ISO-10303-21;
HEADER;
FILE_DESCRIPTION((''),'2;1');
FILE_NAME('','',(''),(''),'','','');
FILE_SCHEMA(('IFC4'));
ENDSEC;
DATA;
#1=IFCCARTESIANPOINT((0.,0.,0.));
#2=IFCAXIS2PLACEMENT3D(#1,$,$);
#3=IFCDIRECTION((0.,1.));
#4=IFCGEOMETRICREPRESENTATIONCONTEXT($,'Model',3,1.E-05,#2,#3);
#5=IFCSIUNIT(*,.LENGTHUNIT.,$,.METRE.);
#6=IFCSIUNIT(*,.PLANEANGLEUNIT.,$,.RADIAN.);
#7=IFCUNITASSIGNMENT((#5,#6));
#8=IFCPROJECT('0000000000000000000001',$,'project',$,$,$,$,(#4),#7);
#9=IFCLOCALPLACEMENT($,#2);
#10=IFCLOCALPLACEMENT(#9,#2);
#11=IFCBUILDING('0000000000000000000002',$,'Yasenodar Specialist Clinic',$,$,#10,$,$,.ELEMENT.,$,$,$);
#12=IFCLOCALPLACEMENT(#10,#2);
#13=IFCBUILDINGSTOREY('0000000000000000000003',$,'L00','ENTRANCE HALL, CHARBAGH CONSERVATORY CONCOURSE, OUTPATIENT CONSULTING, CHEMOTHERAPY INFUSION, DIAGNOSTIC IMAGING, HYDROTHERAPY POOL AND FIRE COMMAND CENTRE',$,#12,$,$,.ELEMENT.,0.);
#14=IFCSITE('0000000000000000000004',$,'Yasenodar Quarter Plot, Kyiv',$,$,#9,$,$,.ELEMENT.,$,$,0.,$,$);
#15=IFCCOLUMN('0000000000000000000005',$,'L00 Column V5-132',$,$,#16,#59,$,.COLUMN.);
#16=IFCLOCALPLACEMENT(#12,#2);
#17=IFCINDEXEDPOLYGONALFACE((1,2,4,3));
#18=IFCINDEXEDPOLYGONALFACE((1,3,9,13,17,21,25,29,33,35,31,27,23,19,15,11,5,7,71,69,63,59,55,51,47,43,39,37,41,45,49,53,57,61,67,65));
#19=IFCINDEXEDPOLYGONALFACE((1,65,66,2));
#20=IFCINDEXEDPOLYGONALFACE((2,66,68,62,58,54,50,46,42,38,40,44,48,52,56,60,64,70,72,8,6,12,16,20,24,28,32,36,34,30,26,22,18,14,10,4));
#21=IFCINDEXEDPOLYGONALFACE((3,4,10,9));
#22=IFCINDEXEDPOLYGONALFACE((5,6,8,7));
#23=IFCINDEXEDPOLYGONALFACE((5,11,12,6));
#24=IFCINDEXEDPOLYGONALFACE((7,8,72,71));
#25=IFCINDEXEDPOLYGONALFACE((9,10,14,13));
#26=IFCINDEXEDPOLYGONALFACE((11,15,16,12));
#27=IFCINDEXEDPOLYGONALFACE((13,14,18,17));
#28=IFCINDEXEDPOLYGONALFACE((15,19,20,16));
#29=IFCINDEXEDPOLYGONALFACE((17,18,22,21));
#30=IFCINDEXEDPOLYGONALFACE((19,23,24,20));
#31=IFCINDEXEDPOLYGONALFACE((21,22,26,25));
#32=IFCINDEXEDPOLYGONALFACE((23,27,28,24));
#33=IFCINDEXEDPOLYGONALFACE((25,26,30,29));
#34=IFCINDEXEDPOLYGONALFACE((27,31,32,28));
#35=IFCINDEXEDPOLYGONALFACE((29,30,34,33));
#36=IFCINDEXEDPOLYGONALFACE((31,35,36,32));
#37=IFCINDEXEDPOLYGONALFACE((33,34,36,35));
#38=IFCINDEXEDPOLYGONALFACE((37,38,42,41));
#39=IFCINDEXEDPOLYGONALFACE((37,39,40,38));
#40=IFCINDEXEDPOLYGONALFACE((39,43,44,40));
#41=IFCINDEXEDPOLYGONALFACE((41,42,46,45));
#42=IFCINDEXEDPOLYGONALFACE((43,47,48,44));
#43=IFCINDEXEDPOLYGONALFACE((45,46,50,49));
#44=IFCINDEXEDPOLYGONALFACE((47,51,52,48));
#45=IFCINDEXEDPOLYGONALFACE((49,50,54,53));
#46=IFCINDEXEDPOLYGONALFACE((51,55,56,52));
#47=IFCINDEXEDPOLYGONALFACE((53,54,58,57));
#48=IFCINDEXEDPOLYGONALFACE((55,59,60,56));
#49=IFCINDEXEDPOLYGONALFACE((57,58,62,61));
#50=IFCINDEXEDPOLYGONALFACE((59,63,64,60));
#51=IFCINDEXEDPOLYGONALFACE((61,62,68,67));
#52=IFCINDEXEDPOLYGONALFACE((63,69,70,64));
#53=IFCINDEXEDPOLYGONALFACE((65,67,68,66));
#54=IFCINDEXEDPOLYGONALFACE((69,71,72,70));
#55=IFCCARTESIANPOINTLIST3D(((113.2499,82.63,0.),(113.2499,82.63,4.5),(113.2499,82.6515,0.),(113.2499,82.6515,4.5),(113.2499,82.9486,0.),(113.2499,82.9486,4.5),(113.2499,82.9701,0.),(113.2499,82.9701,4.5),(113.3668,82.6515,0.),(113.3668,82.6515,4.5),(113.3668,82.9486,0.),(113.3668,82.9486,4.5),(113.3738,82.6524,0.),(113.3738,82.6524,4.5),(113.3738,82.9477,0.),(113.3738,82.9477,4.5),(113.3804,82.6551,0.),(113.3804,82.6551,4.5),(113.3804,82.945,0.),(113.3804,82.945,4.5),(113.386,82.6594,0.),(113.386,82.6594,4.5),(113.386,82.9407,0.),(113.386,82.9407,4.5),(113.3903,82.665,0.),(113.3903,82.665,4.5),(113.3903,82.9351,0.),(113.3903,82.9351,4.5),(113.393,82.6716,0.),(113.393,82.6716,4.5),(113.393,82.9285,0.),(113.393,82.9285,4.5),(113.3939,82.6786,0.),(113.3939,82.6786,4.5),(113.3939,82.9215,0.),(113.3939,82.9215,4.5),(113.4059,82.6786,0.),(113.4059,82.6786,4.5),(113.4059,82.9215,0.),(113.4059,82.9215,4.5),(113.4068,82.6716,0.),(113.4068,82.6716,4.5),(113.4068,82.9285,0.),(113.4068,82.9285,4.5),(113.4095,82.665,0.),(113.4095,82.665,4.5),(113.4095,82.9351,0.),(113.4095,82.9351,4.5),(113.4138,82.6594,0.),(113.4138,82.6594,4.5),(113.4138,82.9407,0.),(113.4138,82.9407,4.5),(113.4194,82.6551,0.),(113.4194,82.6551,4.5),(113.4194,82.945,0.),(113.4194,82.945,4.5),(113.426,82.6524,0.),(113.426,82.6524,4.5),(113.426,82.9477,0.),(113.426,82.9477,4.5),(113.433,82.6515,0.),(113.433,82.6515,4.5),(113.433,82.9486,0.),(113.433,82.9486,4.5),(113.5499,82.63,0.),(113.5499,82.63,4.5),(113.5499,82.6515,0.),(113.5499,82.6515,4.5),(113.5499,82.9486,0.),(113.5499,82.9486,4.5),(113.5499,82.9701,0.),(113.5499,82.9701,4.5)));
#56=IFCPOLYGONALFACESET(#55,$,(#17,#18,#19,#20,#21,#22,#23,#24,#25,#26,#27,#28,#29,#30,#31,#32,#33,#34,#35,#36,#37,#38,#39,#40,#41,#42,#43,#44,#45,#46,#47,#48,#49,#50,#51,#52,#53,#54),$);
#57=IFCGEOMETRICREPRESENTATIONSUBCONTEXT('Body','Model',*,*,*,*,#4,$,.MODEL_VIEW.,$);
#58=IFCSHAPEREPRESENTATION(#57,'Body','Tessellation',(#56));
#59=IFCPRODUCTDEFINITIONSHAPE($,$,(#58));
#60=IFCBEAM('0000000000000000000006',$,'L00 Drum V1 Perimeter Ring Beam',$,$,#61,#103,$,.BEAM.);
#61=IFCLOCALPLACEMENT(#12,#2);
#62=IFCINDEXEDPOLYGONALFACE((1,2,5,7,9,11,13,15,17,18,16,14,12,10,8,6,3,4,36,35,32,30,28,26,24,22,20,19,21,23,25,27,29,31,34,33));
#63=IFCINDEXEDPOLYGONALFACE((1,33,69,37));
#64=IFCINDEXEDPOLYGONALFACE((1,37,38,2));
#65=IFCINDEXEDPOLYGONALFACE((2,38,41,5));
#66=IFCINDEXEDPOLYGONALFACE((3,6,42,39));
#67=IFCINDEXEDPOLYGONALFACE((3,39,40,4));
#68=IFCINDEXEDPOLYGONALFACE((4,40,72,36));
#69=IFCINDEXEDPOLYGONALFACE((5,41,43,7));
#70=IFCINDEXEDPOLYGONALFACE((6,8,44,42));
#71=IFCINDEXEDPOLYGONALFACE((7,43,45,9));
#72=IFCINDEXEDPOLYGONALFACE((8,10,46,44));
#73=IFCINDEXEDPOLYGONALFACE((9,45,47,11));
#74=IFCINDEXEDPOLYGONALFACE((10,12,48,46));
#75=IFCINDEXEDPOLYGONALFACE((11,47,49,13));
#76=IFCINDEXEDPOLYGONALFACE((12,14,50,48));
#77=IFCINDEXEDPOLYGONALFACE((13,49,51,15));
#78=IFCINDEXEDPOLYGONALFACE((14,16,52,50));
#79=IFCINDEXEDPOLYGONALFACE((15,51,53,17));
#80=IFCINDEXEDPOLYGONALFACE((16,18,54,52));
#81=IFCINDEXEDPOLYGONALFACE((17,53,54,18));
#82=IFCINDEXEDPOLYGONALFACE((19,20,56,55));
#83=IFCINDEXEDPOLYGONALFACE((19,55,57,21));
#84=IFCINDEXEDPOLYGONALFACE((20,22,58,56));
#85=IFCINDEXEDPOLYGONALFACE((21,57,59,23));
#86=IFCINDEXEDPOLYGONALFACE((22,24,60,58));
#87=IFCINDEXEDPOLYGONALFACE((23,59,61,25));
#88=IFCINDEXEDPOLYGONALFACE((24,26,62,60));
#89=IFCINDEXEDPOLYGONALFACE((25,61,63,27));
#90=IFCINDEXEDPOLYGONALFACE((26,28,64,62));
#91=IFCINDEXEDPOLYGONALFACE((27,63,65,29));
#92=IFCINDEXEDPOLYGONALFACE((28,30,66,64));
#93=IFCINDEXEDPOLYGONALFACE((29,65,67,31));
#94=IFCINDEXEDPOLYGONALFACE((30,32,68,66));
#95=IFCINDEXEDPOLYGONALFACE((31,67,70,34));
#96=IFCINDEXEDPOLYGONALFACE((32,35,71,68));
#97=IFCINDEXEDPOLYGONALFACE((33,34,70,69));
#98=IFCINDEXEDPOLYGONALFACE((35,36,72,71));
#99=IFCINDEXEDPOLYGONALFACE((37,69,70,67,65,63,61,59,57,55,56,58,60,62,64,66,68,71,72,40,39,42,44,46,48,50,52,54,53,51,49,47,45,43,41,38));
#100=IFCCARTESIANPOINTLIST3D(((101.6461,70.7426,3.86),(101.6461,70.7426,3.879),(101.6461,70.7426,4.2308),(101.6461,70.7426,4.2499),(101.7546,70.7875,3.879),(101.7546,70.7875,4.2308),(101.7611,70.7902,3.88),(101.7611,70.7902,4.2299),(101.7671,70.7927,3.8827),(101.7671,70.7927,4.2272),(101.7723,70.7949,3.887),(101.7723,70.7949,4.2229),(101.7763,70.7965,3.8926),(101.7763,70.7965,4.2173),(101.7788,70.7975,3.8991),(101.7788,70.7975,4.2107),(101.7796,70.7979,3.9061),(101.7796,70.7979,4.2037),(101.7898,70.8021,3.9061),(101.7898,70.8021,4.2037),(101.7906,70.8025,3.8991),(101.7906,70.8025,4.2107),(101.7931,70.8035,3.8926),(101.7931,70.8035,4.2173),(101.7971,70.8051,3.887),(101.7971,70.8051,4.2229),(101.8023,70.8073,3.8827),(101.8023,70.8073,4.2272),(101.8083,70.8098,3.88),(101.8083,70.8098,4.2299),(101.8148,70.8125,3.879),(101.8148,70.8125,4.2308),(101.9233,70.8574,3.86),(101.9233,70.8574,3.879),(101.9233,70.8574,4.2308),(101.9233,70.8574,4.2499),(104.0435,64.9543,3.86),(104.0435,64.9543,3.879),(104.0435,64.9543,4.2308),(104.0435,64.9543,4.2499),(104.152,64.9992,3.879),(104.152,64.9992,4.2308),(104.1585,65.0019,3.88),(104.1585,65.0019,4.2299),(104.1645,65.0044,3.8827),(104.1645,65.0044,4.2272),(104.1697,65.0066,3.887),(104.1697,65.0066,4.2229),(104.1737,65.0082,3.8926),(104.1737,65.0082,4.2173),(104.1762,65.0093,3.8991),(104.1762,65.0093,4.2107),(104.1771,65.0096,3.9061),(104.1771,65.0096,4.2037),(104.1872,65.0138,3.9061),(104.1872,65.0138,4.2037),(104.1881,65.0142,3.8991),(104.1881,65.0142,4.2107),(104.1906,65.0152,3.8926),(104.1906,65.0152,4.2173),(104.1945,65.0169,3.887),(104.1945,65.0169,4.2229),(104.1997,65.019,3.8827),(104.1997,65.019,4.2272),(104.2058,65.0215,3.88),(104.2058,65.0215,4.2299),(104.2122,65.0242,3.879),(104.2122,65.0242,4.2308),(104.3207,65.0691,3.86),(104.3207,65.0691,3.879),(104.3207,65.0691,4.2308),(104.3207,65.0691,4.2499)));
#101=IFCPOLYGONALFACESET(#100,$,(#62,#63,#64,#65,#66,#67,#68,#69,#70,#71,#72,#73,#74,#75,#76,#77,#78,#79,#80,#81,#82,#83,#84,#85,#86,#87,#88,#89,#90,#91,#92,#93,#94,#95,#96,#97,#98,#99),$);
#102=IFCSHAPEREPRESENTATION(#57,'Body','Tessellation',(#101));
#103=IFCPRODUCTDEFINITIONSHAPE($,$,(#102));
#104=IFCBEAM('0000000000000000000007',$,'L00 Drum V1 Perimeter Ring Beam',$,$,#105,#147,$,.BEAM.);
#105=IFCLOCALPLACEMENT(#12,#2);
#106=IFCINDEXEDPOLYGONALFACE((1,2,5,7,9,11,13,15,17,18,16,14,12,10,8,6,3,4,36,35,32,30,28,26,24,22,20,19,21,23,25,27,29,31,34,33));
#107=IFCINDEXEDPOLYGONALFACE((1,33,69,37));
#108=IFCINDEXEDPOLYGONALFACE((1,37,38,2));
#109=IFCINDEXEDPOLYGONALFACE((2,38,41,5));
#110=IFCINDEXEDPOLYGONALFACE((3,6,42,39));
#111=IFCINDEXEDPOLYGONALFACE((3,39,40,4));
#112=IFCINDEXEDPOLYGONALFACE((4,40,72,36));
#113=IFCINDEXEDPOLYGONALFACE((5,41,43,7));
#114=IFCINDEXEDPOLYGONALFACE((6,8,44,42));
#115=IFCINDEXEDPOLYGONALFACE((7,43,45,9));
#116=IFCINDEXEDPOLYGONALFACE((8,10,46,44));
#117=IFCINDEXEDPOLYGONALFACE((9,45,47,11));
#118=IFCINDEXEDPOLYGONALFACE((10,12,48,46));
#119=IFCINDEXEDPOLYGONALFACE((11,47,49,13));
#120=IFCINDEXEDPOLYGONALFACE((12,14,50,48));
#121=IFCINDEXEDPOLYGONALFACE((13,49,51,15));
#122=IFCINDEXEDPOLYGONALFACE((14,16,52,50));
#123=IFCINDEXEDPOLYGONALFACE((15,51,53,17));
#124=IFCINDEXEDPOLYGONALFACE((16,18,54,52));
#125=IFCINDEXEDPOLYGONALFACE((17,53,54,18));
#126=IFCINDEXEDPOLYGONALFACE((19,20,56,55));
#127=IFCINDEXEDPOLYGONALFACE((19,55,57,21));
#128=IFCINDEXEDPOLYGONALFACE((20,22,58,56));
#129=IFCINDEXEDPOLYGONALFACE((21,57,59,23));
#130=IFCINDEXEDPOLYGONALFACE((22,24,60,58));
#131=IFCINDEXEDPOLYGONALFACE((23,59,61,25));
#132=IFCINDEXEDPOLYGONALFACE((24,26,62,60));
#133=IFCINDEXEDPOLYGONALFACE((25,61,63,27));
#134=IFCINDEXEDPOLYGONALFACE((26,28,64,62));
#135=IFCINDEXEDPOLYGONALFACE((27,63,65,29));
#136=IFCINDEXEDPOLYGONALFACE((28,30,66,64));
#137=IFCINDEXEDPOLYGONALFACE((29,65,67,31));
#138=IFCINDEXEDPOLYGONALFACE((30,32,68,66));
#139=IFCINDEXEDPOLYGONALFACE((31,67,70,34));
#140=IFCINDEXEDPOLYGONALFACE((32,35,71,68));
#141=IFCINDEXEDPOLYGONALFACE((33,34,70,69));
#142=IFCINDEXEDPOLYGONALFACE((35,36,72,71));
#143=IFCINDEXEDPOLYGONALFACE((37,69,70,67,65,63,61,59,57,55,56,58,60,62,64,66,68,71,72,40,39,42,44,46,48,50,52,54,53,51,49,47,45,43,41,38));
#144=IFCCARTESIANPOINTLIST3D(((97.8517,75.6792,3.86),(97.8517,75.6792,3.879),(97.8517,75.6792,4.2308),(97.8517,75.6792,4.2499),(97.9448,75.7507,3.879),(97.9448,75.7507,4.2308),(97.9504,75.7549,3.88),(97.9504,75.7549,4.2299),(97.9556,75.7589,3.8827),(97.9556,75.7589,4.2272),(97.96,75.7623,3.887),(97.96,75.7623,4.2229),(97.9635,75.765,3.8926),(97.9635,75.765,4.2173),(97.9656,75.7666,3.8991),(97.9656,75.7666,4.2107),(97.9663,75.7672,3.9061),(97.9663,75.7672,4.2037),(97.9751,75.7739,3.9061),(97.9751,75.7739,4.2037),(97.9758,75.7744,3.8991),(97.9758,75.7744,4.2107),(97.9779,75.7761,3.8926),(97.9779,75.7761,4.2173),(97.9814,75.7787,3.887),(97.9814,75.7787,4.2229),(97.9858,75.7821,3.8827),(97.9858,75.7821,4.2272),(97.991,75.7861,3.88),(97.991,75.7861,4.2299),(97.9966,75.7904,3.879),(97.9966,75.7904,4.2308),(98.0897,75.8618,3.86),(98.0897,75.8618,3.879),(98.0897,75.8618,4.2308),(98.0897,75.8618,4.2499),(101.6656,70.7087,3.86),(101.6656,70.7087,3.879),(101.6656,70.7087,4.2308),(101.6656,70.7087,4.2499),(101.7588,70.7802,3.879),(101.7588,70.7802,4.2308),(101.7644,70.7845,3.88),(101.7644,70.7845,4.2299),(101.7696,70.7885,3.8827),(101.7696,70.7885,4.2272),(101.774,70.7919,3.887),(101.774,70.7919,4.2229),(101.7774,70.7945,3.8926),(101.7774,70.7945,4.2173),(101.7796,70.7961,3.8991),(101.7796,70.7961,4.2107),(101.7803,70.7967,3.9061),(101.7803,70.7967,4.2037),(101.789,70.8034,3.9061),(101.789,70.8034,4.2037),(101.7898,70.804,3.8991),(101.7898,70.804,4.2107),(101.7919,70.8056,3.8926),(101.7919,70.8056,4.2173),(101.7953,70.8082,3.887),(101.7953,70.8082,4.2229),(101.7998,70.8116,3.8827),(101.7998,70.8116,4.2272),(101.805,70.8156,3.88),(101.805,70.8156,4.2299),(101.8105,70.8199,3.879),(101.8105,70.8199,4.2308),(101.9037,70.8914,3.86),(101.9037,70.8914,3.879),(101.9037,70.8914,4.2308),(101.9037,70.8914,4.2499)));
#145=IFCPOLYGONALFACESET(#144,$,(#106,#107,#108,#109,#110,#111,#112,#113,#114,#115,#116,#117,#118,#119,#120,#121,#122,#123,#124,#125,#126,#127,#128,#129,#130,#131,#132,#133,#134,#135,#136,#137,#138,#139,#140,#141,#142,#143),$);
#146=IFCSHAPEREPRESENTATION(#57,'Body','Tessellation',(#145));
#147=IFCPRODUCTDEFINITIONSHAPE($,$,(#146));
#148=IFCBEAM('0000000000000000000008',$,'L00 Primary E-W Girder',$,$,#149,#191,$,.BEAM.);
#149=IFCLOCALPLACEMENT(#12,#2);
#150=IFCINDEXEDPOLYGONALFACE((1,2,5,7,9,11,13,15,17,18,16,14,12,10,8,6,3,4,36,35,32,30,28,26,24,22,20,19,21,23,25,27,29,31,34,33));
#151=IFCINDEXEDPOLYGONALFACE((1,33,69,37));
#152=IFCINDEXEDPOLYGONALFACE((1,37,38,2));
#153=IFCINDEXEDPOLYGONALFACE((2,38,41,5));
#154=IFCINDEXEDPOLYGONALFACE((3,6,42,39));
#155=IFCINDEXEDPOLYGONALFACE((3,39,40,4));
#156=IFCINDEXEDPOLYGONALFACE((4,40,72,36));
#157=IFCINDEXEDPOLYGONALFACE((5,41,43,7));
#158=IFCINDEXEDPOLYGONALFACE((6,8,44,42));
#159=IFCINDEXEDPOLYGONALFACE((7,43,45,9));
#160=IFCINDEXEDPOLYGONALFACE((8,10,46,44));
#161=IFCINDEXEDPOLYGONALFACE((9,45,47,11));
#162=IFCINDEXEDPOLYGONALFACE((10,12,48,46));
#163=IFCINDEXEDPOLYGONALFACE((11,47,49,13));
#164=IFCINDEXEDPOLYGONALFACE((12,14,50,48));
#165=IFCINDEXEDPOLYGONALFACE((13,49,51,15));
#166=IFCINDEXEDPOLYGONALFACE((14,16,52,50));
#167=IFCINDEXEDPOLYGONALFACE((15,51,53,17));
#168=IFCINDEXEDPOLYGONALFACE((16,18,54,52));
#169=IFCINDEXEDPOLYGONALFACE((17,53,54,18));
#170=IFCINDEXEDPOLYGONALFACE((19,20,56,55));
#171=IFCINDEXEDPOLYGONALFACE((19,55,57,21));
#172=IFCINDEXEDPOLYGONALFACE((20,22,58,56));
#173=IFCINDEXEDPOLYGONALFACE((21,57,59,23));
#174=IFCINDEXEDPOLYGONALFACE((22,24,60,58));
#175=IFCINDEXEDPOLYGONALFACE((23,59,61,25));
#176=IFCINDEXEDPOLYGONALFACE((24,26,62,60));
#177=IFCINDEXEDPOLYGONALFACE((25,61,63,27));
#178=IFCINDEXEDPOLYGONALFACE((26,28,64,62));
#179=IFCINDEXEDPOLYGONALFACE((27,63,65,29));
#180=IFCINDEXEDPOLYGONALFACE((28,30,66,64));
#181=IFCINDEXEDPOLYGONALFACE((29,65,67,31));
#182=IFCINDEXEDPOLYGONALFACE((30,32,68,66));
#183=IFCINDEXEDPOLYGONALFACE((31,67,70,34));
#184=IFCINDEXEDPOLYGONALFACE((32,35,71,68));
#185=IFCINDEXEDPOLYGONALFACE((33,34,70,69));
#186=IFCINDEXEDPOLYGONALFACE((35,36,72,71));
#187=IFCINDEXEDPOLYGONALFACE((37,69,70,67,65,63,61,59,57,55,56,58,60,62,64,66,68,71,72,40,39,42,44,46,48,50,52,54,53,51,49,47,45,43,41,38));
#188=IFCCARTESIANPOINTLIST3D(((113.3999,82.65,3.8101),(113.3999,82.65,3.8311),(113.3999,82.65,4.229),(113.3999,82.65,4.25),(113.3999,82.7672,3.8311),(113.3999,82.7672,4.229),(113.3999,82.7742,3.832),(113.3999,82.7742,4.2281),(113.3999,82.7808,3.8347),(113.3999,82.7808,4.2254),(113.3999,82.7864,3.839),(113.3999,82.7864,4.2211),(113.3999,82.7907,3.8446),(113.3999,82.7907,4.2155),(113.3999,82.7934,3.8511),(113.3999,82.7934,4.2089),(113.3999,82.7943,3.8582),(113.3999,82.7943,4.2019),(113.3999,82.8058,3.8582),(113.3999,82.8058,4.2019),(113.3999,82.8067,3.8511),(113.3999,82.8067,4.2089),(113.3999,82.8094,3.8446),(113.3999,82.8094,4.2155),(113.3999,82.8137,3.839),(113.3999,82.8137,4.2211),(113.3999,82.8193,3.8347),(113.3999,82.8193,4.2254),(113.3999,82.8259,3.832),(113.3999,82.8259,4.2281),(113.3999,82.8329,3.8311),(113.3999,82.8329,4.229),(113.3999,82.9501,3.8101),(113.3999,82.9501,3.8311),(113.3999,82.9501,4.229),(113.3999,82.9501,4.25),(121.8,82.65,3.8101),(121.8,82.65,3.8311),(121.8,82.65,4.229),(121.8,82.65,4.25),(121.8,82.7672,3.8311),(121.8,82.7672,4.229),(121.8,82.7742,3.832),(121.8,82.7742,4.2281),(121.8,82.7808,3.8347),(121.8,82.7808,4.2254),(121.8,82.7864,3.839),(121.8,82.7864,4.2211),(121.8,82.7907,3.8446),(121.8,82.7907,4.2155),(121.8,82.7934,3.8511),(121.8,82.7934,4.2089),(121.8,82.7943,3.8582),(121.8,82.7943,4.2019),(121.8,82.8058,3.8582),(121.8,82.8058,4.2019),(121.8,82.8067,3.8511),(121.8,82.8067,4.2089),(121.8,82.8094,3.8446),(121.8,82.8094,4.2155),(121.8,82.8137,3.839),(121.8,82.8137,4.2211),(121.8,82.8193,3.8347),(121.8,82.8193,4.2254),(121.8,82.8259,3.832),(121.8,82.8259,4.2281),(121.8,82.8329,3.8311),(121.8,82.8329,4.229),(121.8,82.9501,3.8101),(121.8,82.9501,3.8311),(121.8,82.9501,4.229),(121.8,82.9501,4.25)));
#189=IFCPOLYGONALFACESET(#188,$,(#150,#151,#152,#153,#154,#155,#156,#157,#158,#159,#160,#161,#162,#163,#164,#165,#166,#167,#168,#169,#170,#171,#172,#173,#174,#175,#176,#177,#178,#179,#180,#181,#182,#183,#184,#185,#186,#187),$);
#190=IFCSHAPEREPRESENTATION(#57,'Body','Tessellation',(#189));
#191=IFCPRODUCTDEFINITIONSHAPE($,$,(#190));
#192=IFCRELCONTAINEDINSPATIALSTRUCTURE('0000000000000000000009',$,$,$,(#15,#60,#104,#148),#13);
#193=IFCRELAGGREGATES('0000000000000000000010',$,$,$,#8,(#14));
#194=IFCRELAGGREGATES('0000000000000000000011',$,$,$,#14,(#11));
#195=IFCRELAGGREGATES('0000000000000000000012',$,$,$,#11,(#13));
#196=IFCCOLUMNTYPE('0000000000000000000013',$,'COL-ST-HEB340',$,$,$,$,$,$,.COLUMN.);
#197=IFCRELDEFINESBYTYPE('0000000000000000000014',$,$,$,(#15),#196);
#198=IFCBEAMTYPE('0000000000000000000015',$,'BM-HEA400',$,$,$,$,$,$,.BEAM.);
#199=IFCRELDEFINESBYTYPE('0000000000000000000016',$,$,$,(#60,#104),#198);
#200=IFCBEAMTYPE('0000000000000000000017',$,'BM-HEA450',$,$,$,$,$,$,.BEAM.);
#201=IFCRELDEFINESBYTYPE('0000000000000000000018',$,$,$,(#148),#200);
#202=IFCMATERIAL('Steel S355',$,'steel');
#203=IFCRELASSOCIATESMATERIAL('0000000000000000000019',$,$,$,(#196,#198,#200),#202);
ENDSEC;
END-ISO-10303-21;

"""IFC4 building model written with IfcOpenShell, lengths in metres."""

from ifc_helpers import new_model, si_unit, direction, frame, origin, origin_2d, place, context, subcontext, project, spatial, i_section, extrude, material, material_profile, profile_set, type_object, element, save


model = new_model("IFC4")

# Units and contexts
model_context = context("Model", 3, precision=1e-05, world=origin(), true_north=direction((0.0, 1.0)))
body_context = subcontext(model_context, "Body", "Model", "MODEL_VIEW")
ifc_project = project(units=[si_unit("LENGTHUNIT", "METRE"), si_unit("PLANEANGLEUNIT", "RADIAN")], contexts=[model_context])

# Site, building, storey
site_placement = place(None, origin())
site = spatial("IfcSite", under=ifc_project, at=site_placement, Name="Yasenodar Quarter Plot, Kyiv", CompositionType="ELEMENT", RefElevation=0.0)
building_placement = place(site_placement, origin())
building = spatial("IfcBuilding", under=site, at=building_placement, Name="Yasenodar Specialist Clinic", CompositionType="ELEMENT")
storey_placement = place(building_placement, origin())
storey = spatial("IfcBuildingStorey", under=building, at=storey_placement, Name="L00", Description="ENTRANCE HALL, CHARBAGH CONSERVATORY CONCOURSE, OUTPATIENT CONSULTING, CHEMOTHERAPY INFUSION, DIAGNOSTIC IMAGING, HYDROTHERAPY POOL AND FIRE COMMAND CENTRE", CompositionType="ELEMENT", Elevation=0.0)

# Column
ifc_material_1 = material(Name="Steel S355", Category="steel")
ifc_material_profile_1 = material_profile(ifc_material_1, i_section(OverallWidth=0.3, OverallDepth=0.3401, WebThickness=0.012, FlangeThickness=0.0215, FilletRadius=0.0271, at=origin_2d()), Name="HEB 340")
ifc_profile_set_1 = profile_set([ifc_material_profile_1], Name="Steel S355")
column_type_1 = type_object("IfcColumnType", Name="COL-ST-HEB340", PredefinedType="COLUMN", material=ifc_profile_set_1)
for number, where, z_axis, x_axis, name in (
    (1, (113.3999, 82.8, 0.0), (0.0, 0.0, 1.0), (1.0, 0.0, 0.0), "L00 Column V5-132"),
):
    element("IfcColumn", number, at=place(storey_placement, frame(where, z_axis=z_axis, x_axis=x_axis)), inside=storey, type_object=column_type_1, Name=name, PredefinedType="COLUMN", context=body_context, shape_type="SweptSolid", body=[
        extrude(i_section(OverallWidth=0.3, OverallDepth=0.3401, WebThickness=0.012, FlangeThickness=0.0215, FilletRadius=0.0271, at=origin_2d()), origin(), (0.0, 0.0, 1.0), 4.5),
    ])

# Beams
ifc_material_profile_2 = material_profile(ifc_material_1, i_section(OverallWidth=0.3, OverallDepth=0.3899, WebThickness=0.011, FlangeThickness=0.019, FilletRadius=0.0271, at=origin_2d()), Name="HEA 400")
ifc_profile_set_2 = profile_set([ifc_material_profile_2], Name="Steel S355")
beam_type_1 = type_object("IfcBeamType", Name="BM-HEA400", PredefinedType="BEAM", material=ifc_profile_set_2)
for number, where, z_axis, x_axis, name in (
    (2, (104.1821, 65.0117, 4.0549), (-0.382664, 0.923888, 0.0), (-0.923888, -0.382664, 0.0), "L00 Drum V1 Perimeter Ring Beam"),
    (3, (101.7847, 70.8, 4.0549), (-0.608761, 0.793354, 0.0), (-0.793354, -0.608761, 0.0), "L00 Drum V1 Perimeter Ring Beam"),
):
    element("IfcBeam", number, at=place(storey_placement, frame(where, z_axis=z_axis, x_axis=x_axis)), inside=storey, type_object=beam_type_1, Name=name, PredefinedType="BEAM", context=body_context, shape_type="SweptSolid", body=[
        extrude(i_section(OverallWidth=0.3, OverallDepth=0.3899, WebThickness=0.011, FlangeThickness=0.019, FilletRadius=0.0271, at=origin_2d()), origin(), (0.0, 0.0, 1.0), 6.2651),
    ])
ifc_material_profile_3 = material_profile(ifc_material_1, i_section(OverallWidth=0.3, OverallDepth=0.4399, WebThickness=0.0115, FlangeThickness=0.021, FilletRadius=0.0271, at=origin_2d()), Name="HEA 450")
ifc_profile_set_3 = profile_set([ifc_material_profile_3], Name="Steel S355")
beam_type_2 = type_object("IfcBeamType", Name="BM-HEA450", PredefinedType="BEAM", material=ifc_profile_set_3)
beam_1_placement = place(storey_placement, frame((113.3999, 82.8, 4.03), z_axis=(1.0, 0.0, 0.0), x_axis=(0.0, 1.0, 0.0)))
element("IfcBeam", 4, at=beam_1_placement, inside=storey, type_object=beam_type_2, Name="L00 Primary E-W Girder", PredefinedType="BEAM", context=body_context, shape_type="SweptSolid", body=[
    extrude(i_section(OverallWidth=0.3, OverallDepth=0.4399, WebThickness=0.0115, FlangeThickness=0.021, FilletRadius=0.0271, at=origin_2d()), origin(), (0.0, 0.0, 1.0), 8.4001),
])

save(model, "model.ifc")
